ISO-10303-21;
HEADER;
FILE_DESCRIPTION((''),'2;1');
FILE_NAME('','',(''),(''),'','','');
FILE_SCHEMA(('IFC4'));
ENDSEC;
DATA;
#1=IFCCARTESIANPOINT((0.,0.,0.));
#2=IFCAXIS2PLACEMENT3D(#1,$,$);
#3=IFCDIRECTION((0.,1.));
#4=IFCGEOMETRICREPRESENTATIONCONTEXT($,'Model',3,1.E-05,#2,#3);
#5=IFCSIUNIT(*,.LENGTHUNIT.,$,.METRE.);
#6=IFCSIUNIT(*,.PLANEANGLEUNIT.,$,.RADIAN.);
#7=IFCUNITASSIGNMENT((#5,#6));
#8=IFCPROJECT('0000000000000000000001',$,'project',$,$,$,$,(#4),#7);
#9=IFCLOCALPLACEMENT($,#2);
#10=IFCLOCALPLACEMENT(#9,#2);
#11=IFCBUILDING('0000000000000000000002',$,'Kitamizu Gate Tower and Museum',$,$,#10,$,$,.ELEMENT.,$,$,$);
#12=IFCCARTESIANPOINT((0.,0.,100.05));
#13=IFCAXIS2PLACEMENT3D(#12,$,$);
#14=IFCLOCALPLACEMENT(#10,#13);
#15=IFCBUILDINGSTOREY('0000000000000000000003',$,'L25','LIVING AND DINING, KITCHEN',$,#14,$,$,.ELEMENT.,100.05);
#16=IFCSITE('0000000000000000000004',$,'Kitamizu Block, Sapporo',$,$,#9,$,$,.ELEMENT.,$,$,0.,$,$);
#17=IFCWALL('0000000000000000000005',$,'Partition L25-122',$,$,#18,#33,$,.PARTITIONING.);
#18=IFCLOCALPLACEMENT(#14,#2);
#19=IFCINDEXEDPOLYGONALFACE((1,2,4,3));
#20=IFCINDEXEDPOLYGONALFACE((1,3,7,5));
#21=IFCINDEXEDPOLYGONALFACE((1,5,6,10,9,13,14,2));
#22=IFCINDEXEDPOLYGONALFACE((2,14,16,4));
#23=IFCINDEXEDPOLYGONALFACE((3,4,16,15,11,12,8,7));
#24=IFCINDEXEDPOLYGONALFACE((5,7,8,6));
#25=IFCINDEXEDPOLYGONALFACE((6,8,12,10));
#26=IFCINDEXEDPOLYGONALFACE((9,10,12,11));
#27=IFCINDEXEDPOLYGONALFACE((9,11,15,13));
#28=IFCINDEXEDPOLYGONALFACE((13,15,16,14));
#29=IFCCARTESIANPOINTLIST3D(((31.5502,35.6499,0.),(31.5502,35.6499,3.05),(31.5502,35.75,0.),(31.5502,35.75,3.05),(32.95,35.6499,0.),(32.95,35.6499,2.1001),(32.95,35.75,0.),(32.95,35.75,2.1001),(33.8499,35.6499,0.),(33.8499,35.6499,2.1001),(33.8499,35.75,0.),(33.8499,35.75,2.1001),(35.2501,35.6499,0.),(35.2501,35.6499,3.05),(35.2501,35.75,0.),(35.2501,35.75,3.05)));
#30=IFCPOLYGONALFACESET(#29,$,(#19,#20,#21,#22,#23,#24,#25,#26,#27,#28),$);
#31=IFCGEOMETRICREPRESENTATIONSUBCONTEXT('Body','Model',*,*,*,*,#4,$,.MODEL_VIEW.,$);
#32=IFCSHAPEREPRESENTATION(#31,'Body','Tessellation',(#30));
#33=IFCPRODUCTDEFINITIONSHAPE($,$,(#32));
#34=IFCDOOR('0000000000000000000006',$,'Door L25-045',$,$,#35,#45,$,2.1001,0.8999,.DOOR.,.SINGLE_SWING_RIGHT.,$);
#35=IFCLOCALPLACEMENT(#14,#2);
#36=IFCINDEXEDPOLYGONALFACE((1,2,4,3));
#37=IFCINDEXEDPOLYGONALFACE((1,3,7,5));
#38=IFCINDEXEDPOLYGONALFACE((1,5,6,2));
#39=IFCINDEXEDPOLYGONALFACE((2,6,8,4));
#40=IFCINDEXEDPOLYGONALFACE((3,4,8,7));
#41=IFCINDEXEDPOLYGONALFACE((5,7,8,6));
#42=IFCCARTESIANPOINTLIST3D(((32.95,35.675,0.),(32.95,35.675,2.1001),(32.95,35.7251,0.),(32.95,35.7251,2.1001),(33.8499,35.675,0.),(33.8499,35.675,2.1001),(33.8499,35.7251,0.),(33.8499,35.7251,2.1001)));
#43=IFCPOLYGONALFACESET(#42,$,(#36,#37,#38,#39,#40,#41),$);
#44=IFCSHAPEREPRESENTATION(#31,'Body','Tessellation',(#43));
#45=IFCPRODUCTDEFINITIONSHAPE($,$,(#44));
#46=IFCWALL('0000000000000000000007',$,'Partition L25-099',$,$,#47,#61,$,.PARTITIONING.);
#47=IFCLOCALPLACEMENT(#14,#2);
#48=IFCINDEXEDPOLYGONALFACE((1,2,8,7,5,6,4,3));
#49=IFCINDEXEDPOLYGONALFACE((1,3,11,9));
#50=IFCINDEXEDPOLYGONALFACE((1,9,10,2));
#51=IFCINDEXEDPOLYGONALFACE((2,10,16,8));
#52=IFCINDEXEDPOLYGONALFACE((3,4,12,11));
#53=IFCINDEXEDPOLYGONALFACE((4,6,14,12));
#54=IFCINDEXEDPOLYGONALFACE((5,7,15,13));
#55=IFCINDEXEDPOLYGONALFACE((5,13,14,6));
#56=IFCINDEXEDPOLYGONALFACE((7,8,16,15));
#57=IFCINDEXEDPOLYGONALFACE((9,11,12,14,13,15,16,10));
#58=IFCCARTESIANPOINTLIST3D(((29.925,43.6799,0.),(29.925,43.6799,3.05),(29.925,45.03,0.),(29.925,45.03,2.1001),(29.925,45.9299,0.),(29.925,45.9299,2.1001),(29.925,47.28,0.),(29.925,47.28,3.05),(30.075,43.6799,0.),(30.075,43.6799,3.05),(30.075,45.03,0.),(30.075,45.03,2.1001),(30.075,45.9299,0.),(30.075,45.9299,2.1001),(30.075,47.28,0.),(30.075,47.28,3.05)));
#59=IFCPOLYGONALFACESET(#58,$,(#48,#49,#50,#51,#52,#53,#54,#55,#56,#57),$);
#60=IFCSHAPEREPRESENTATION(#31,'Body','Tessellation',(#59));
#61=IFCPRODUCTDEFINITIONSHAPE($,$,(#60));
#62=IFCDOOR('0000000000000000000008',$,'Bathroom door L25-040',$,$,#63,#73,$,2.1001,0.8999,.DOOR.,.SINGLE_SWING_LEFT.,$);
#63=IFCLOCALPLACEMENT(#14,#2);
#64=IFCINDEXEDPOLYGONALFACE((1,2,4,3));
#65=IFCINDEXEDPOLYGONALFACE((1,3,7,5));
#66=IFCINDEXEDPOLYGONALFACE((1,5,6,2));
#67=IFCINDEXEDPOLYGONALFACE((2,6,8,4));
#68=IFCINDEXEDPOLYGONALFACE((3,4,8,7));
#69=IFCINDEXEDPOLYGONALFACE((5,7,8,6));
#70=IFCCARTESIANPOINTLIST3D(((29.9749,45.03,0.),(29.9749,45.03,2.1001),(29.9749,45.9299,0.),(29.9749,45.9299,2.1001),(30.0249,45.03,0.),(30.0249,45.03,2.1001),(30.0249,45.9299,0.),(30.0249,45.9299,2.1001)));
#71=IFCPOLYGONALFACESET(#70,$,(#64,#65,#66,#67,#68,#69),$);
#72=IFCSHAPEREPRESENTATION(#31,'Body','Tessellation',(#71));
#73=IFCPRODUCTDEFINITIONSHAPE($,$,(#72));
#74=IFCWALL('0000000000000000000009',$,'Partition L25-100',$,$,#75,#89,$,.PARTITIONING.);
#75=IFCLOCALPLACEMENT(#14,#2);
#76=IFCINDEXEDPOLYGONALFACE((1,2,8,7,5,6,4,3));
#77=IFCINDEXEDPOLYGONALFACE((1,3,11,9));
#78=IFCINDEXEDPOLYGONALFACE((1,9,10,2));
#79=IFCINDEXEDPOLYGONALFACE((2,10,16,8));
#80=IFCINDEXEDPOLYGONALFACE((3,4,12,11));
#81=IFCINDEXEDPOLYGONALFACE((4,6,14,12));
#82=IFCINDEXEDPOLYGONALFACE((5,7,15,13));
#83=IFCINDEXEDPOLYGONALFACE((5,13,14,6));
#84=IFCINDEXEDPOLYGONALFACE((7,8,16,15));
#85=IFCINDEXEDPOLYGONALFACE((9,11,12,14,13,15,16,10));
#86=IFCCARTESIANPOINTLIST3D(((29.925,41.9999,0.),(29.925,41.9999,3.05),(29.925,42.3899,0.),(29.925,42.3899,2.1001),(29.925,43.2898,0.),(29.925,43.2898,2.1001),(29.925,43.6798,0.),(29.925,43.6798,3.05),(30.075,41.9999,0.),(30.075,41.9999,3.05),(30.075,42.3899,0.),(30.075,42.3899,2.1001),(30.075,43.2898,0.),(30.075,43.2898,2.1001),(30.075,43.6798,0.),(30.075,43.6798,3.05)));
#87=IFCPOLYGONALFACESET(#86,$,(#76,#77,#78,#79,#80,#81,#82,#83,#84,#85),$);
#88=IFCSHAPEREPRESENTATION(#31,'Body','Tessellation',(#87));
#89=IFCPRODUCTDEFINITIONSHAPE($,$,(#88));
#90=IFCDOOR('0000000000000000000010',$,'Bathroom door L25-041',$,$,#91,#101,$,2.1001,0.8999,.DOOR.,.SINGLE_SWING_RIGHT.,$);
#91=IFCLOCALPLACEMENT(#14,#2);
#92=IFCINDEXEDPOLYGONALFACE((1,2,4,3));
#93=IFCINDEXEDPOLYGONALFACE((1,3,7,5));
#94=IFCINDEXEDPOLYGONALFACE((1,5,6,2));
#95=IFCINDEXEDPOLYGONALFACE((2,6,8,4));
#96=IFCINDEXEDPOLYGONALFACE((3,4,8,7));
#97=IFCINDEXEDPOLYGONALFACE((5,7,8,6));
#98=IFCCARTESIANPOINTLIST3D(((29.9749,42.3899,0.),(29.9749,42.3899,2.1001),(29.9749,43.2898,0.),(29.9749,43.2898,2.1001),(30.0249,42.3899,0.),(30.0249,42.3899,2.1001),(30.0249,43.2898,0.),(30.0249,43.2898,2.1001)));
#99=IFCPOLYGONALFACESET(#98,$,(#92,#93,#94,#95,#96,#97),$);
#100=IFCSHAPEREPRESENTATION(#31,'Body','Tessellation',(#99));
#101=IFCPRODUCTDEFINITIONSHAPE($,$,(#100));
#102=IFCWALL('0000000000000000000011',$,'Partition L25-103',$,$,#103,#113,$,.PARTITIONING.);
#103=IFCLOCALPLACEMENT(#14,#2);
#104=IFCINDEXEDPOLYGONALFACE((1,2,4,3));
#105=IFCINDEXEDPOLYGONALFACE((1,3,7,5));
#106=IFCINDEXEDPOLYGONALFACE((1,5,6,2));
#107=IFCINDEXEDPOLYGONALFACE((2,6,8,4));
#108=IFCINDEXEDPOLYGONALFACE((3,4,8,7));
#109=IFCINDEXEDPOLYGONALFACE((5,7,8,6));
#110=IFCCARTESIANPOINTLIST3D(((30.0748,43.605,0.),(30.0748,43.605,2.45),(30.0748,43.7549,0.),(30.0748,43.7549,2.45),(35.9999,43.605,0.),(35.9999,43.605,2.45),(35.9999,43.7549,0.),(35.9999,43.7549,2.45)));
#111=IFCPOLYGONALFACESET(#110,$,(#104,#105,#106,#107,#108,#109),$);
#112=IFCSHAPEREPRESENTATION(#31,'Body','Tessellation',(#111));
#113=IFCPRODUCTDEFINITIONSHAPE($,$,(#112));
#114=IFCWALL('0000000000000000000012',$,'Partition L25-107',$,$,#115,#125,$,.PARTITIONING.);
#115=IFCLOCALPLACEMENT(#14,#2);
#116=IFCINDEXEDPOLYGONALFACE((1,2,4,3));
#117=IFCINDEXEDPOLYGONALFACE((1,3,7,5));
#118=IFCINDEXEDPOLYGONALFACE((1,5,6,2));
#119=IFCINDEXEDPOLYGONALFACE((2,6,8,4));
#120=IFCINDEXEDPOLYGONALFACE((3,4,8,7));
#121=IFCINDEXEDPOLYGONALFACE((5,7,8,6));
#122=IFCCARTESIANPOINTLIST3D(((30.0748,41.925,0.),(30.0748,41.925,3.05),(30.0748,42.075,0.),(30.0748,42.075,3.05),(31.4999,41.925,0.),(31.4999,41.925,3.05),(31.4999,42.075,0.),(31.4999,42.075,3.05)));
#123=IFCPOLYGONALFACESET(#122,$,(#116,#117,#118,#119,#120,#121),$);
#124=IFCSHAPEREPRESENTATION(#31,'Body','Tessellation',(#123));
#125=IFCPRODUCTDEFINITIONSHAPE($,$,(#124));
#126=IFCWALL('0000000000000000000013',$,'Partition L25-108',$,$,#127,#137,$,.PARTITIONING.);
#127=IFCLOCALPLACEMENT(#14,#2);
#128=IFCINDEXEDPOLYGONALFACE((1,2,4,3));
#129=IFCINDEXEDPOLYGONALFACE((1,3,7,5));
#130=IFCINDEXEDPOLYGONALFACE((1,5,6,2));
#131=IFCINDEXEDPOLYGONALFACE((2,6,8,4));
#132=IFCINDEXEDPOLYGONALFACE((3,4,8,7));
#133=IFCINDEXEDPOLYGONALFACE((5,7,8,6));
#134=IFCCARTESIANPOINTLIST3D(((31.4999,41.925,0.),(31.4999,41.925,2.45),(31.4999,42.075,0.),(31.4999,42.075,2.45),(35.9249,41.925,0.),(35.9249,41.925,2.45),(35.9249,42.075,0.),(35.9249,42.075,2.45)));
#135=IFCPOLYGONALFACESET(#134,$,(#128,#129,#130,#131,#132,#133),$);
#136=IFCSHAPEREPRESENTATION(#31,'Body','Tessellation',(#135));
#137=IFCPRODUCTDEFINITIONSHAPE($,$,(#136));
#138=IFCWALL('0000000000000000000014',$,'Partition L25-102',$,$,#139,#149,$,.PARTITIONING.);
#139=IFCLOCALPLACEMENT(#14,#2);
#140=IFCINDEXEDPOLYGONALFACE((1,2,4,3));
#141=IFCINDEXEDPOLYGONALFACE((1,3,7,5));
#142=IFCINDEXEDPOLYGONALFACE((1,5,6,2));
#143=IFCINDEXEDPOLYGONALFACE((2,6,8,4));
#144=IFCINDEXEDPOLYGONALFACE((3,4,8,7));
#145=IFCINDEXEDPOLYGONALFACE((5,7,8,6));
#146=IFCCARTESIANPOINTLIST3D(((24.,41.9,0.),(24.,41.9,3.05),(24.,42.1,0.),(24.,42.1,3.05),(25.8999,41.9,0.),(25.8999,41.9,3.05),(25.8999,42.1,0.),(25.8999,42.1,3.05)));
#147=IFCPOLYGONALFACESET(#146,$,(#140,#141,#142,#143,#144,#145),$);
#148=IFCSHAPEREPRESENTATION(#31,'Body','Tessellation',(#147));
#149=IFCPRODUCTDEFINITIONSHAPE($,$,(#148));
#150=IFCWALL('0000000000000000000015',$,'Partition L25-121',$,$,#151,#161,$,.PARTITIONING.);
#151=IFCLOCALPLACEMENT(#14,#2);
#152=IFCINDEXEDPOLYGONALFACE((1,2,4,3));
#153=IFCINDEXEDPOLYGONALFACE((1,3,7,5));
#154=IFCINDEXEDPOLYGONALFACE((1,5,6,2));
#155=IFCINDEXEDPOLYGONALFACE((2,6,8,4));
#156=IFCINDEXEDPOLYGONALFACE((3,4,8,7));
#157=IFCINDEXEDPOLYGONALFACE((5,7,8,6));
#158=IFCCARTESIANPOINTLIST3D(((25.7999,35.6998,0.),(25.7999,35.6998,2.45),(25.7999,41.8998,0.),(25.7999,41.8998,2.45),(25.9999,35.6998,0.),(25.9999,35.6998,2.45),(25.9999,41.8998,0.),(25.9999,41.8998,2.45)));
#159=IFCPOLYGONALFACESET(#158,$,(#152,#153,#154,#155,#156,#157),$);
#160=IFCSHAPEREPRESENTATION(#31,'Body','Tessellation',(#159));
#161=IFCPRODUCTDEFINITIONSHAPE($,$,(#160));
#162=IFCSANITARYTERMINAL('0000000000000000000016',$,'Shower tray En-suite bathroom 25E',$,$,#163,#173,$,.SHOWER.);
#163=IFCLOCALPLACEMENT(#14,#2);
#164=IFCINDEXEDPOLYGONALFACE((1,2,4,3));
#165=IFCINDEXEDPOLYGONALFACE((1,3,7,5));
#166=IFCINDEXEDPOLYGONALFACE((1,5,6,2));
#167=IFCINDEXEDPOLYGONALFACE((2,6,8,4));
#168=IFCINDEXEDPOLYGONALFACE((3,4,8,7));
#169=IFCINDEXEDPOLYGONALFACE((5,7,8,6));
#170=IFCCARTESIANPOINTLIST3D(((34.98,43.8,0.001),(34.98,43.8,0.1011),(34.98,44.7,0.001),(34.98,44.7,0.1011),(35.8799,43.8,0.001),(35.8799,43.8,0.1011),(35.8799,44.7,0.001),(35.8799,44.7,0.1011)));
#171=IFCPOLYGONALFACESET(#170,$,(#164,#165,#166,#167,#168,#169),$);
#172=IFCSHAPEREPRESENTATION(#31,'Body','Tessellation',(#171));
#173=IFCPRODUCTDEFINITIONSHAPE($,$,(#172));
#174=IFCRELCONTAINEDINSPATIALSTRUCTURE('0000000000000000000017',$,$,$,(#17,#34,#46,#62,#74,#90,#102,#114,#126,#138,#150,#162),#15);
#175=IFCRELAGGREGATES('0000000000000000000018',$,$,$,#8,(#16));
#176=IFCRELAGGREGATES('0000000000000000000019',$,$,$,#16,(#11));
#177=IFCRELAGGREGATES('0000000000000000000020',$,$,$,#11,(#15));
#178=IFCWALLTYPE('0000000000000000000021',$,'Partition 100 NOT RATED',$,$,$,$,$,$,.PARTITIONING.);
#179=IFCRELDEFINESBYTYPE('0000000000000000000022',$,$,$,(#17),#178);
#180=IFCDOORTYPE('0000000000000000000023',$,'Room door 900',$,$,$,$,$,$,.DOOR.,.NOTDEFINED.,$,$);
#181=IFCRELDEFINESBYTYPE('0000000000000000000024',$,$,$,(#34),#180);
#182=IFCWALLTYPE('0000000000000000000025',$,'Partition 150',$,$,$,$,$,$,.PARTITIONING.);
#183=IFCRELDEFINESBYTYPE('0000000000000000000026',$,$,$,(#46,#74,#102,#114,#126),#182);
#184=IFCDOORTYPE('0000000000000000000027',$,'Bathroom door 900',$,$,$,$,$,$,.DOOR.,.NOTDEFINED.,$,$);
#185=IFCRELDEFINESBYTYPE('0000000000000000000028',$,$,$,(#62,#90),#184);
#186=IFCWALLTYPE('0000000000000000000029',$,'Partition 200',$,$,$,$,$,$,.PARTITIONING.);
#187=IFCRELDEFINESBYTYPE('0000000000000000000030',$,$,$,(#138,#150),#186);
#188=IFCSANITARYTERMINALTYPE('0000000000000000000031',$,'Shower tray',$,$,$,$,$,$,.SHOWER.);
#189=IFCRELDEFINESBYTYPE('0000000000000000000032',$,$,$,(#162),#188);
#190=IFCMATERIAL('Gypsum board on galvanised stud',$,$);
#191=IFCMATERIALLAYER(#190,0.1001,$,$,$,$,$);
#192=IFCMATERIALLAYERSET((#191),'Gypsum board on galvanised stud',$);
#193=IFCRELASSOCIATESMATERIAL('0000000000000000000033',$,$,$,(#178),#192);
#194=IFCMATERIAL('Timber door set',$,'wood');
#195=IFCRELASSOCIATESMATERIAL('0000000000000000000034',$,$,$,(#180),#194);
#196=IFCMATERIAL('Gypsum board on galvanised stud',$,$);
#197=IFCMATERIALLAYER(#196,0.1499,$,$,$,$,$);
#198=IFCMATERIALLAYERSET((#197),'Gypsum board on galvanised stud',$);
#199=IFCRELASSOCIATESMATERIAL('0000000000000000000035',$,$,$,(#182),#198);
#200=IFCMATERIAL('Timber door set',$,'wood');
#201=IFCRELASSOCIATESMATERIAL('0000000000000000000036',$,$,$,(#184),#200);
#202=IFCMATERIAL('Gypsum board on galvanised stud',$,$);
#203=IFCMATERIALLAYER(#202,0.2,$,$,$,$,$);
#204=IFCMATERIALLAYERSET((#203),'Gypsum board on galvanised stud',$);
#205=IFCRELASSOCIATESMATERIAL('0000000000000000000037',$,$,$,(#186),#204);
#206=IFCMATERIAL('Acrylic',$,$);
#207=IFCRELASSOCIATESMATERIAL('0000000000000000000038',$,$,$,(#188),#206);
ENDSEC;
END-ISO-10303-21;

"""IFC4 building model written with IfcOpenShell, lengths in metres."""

from ifc_helpers import new_model, si_unit, direction, frame, frame_2d, origin, origin_2d, place, context, subcontext, project, spatial, rectangle, extrude, material, layer, layer_set, type_object, element, fill, save


model = new_model("IFC4")

# Units and contexts
model_context = context("Model", 3, precision=1e-05, world=origin(), true_north=direction((0.0, 1.0)))
body_context = subcontext(model_context, "Body", "Model", "MODEL_VIEW")
ifc_project = project(units=[si_unit("LENGTHUNIT", "METRE"), si_unit("PLANEANGLEUNIT", "RADIAN")], contexts=[model_context])

# Site, building, storey
site_placement = place(None, origin())
site = spatial("IfcSite", under=ifc_project, at=site_placement, Name="Kitamizu Block, Sapporo", CompositionType="ELEMENT", RefElevation=0.0)
building_placement = place(site_placement, origin())
building = spatial("IfcBuilding", under=site, at=building_placement, Name="Kitamizu Gate Tower and Museum", CompositionType="ELEMENT")
storey_placement = place(building_placement, frame((0.0, 0.0, 100.05)))
storey = spatial("IfcBuildingStorey", under=building, at=storey_placement, Name="L25", Description="LIVING AND DINING, KITCHEN", CompositionType="ELEMENT", Elevation=100.05)

# Shared definitions
ifc_material_1 = material(Name="Gypsum board on galvanised stud")
ifc_layer_1 = layer(ifc_material_1, 0.1001)
ifc_layer_set_1 = layer_set([ifc_layer_1], Name="Gypsum board on galvanised stud")
wall_type_1 = type_object("IfcWallType", Name="Partition 100 NOT RATED", PredefinedType="PARTITIONING", material=ifc_layer_set_1)
ifc_material_2 = material(Name="Timber door set", Category="wood")
door_type_1 = type_object("IfcDoorType", Name="Room door 900", OperationType="NOTDEFINED", PredefinedType="DOOR", material=ifc_material_2)

# Walls, openings, doors
wall_1_placement = place(storey_placement, frame((31.55, 35.7, 0.0), z_axis=(0.0, 0.0, 1.0), x_axis=(1.0, 0.0, 0.0)))
wall_1 = element("IfcWall", 1, at=wall_1_placement, inside=storey, type_object=wall_type_1, Name="Partition L25-122", PredefinedType="PARTITIONING", context=body_context, shape_type="SweptSolid", body=[
    extrude(rectangle(XDim=3.7, YDim=0.1001, at=frame_2d((1.8501, 0.0))), origin(), (0.0, 0.0, 1.0), 3.05),
])
opening_1_placement = place(wall_1_placement, frame((1.3999, 0.0, 0.0)))
opening_1 = element("IfcOpeningElement", 2, at=opening_1_placement, cuts=wall_1, PredefinedType="OPENING", context=body_context, shape_type="SweptSolid", body=[
    extrude(rectangle(XDim=0.8999, YDim=2.1001, at=frame_2d((0.45, 1.05))), frame((0.0, 0.0601, 0.0), z_axis=(0.0, -1.0, 0.0), x_axis=(1.0, 0.0, 0.0)), (0.0, 0.0, 1.0), 0.1201),
])
door_1_placement = place(opening_1_placement, frame((0.8999, 0.0, 0.0), x_axis=(-1.0, 0.0, 0.0)))
door_1 = element("IfcDoor", 3, at=door_1_placement, inside=storey, type_object=door_type_1, Name="Door L25-045", OperationType="SINGLE_SWING_RIGHT", OverallHeight=2.1001, OverallWidth=0.8999, PredefinedType="DOOR", context=body_context, shape_type="SweptSolid", body=[
    extrude(rectangle(XDim=0.8999, YDim=2.1001, at=frame_2d((0.45, 1.05))), frame((0.0, 0.0249, 0.0), z_axis=(0.0, -1.0, 0.0), x_axis=(1.0, 0.0, 0.0)), (0.0, 0.0, 1.0), 0.05),
])
fill(opening_1, door_1)
ifc_material_3 = material(Name="Gypsum board on galvanised stud")
ifc_layer_2 = layer(ifc_material_3, 0.1499)
ifc_layer_set_2 = layer_set([ifc_layer_2], Name="Gypsum board on galvanised stud")
wall_type_2 = type_object("IfcWallType", Name="Partition 150", PredefinedType="PARTITIONING", material=ifc_layer_set_2)
wall_2_placement = place(storey_placement, frame((30.0, 43.6799, 0.0), z_axis=(0.0, 0.0, 1.0), x_axis=(0.0, 1.0, 0.0)))
wall_2 = element("IfcWall", 4, at=wall_2_placement, inside=storey, type_object=wall_type_2, Name="Partition L25-099", PredefinedType="PARTITIONING", context=body_context, shape_type="SweptSolid", body=[
    extrude(rectangle(XDim=3.6001, YDim=0.1499, at=frame_2d((1.8, 0.0))), origin(), (0.0, 0.0, 1.0), 3.05),
])
opening_2_placement = place(wall_2_placement, frame((1.3501, 0.0, 0.0)))
opening_2 = element("IfcOpeningElement", 5, at=opening_2_placement, cuts=wall_2, PredefinedType="OPENING", context=body_context, shape_type="SweptSolid", body=[
    extrude(rectangle(XDim=0.8999, YDim=2.1001, at=frame_2d((0.45, 1.05))), frame((0.0, 0.085, 0.0), z_axis=(0.0, -1.0, 0.0), x_axis=(1.0, 0.0, 0.0)), (0.0, 0.0, 1.0), 0.1699),
])
ifc_material_4 = material(Name="Timber door set", Category="wood")
door_type_2 = type_object("IfcDoorType", Name="Bathroom door 900", OperationType="NOTDEFINED", PredefinedType="DOOR", material=ifc_material_4)
door_2_placement = place(opening_2_placement, frame((0.8999, 0.0, 0.0), x_axis=(-1.0, 0.0, 0.0)))
door_2 = element("IfcDoor", 6, at=door_2_placement, inside=storey, type_object=door_type_2, Name="Bathroom door L25-040", OperationType="SINGLE_SWING_LEFT", OverallHeight=2.1001, OverallWidth=0.8999, PredefinedType="DOOR", context=body_context, shape_type="SweptSolid", body=[
    extrude(rectangle(XDim=0.8999, YDim=2.1001, at=frame_2d((0.45, 1.05))), frame((0.0, 0.0249, 0.0), z_axis=(0.0, -1.0, 0.0), x_axis=(1.0, 0.0, 0.0)), (0.0, 0.0, 1.0), 0.05),
])
fill(opening_2, door_2)
wall_3_placement = place(storey_placement, frame((30.0, 42.0, 0.0), z_axis=(0.0, 0.0, 1.0), x_axis=(0.0, 1.0, 0.0)))
wall_3 = element("IfcWall", 7, at=wall_3_placement, inside=storey, type_object=wall_type_2, Name="Partition L25-100", PredefinedType="PARTITIONING", context=body_context, shape_type="SweptSolid", body=[
    extrude(rectangle(XDim=1.6799, YDim=0.1499, at=frame_2d((0.8398, 0.0))), origin(), (0.0, 0.0, 1.0), 3.05),
])
opening_3_placement = place(wall_3_placement, frame((0.3899, 0.0, 0.0)))
opening_3 = element("IfcOpeningElement", 8, at=opening_3_placement, cuts=wall_3, PredefinedType="OPENING", context=body_context, shape_type="SweptSolid", body=[
    extrude(rectangle(XDim=0.8999, YDim=2.1001, at=frame_2d((0.45, 1.05))), frame((0.0, 0.085, 0.0), z_axis=(0.0, -1.0, 0.0), x_axis=(1.0, 0.0, 0.0)), (0.0, 0.0, 1.0), 0.1699),
])
door_3_placement = place(opening_3_placement, frame((0.8999, 0.0, 0.0), x_axis=(-1.0, 0.0, 0.0)))
door_3 = element("IfcDoor", 9, at=door_3_placement, inside=storey, type_object=door_type_2, Name="Bathroom door L25-041", OperationType="SINGLE_SWING_RIGHT", OverallHeight=2.1001, OverallWidth=0.8999, PredefinedType="DOOR", context=body_context, shape_type="SweptSolid", body=[
    extrude(rectangle(XDim=0.8999, YDim=2.1001, at=frame_2d((0.45, 1.05))), frame((0.0, 0.0249, 0.0), z_axis=(0.0, -1.0, 0.0), x_axis=(1.0, 0.0, 0.0)), (0.0, 0.0, 1.0), 0.05),
])
fill(opening_3, door_3)

# Walls
wall_4_placement = place(storey_placement, frame((30.075, 43.6799, 0.0), z_axis=(0.0, 0.0, 1.0), x_axis=(1.0, 0.0, 0.0)))
element("IfcWall", 10, at=wall_4_placement, inside=storey, type_object=wall_type_2, Name="Partition L25-103", PredefinedType="PARTITIONING", context=body_context, shape_type="SweptSolid", body=[
    extrude(rectangle(XDim=5.925, YDim=0.1499, at=frame_2d((2.9624, 0.0))), origin(), (0.0, 0.0, 1.0), 2.45),
])
wall_5_placement = place(storey_placement, frame((30.075, 42.0, 0.0), z_axis=(0.0, 0.0, 1.0), x_axis=(1.0, 0.0, 0.0)))
element("IfcWall", 11, at=wall_5_placement, inside=storey, type_object=wall_type_2, Name="Partition L25-107", PredefinedType="PARTITIONING", context=body_context, shape_type="SweptSolid", body=[
    extrude(rectangle(XDim=1.425, YDim=0.1499, at=frame_2d((0.7124, 0.0))), origin(), (0.0, 0.0, 1.0), 3.05),
])
wall_6_placement = place(storey_placement, frame((31.5, 42.0, 0.0), z_axis=(0.0, 0.0, 1.0), x_axis=(1.0, 0.0, 0.0)))
element("IfcWall", 12, at=wall_6_placement, inside=storey, type_object=wall_type_2, Name="Partition L25-108", PredefinedType="PARTITIONING", context=body_context, shape_type="SweptSolid", body=[
    extrude(rectangle(XDim=4.425, YDim=0.1499, at=frame_2d((2.2124, 0.0))), origin(), (0.0, 0.0, 1.0), 2.45),
])
ifc_material_5 = material(Name="Gypsum board on galvanised stud")
ifc_layer_3 = layer(ifc_material_5, 0.2)
ifc_layer_set_3 = layer_set([ifc_layer_3], Name="Gypsum board on galvanised stud")
wall_type_3 = type_object("IfcWallType", Name="Partition 200", PredefinedType="PARTITIONING", material=ifc_layer_set_3)
wall_7_placement = place(storey_placement, frame((24.0, 42.0, 0.0), z_axis=(0.0, 0.0, 1.0), x_axis=(1.0, 0.0, 0.0)))
element("IfcWall", 13, at=wall_7_placement, inside=storey, type_object=wall_type_3, Name="Partition L25-102", PredefinedType="PARTITIONING", context=body_context, shape_type="SweptSolid", body=[
    extrude(rectangle(XDim=1.8999, YDim=0.2, at=frame_2d((0.95, 0.0))), origin(), (0.0, 0.0, 1.0), 3.05),
])
wall_8_placement = place(storey_placement, frame((25.8999, 41.8999, 0.0), z_axis=(0.0, 0.0, 1.0), x_axis=(0.0, -1.0, 0.0)))
element("IfcWall", 14, at=wall_8_placement, inside=storey, type_object=wall_type_3, Name="Partition L25-121", PredefinedType="PARTITIONING", context=body_context, shape_type="SweptSolid", body=[
    extrude(rectangle(XDim=6.2, YDim=0.2, at=frame_2d((3.1001, 0.0))), origin(), (0.0, 0.0, 1.0), 2.45),
])

# Sanitary terminal
ifc_material_6 = material(Name="Acrylic")
sanitary_terminal_type_1 = type_object("IfcSanitaryTerminalType", Name="Shower tray", PredefinedType="SHOWER", material=ifc_material_6)
sanitary_terminal_placement = place(storey_placement, frame((35.4299, 44.25, 0.001), z_axis=(0.0, 0.0, 1.0), x_axis=(1.0, 0.0, 0.0)))
element("IfcSanitaryTerminal", 15, at=sanitary_terminal_placement, inside=storey, type_object=sanitary_terminal_type_1, Name="Shower tray En-suite bathroom 25E", PredefinedType="SHOWER", context=body_context, shape_type="SweptSolid", body=[
    extrude(rectangle(XDim=0.8999, YDim=0.8999, at=origin_2d()), origin(), (0.0, 0.0, 1.0), 0.1001),
])

save(model, "model.ifc")
